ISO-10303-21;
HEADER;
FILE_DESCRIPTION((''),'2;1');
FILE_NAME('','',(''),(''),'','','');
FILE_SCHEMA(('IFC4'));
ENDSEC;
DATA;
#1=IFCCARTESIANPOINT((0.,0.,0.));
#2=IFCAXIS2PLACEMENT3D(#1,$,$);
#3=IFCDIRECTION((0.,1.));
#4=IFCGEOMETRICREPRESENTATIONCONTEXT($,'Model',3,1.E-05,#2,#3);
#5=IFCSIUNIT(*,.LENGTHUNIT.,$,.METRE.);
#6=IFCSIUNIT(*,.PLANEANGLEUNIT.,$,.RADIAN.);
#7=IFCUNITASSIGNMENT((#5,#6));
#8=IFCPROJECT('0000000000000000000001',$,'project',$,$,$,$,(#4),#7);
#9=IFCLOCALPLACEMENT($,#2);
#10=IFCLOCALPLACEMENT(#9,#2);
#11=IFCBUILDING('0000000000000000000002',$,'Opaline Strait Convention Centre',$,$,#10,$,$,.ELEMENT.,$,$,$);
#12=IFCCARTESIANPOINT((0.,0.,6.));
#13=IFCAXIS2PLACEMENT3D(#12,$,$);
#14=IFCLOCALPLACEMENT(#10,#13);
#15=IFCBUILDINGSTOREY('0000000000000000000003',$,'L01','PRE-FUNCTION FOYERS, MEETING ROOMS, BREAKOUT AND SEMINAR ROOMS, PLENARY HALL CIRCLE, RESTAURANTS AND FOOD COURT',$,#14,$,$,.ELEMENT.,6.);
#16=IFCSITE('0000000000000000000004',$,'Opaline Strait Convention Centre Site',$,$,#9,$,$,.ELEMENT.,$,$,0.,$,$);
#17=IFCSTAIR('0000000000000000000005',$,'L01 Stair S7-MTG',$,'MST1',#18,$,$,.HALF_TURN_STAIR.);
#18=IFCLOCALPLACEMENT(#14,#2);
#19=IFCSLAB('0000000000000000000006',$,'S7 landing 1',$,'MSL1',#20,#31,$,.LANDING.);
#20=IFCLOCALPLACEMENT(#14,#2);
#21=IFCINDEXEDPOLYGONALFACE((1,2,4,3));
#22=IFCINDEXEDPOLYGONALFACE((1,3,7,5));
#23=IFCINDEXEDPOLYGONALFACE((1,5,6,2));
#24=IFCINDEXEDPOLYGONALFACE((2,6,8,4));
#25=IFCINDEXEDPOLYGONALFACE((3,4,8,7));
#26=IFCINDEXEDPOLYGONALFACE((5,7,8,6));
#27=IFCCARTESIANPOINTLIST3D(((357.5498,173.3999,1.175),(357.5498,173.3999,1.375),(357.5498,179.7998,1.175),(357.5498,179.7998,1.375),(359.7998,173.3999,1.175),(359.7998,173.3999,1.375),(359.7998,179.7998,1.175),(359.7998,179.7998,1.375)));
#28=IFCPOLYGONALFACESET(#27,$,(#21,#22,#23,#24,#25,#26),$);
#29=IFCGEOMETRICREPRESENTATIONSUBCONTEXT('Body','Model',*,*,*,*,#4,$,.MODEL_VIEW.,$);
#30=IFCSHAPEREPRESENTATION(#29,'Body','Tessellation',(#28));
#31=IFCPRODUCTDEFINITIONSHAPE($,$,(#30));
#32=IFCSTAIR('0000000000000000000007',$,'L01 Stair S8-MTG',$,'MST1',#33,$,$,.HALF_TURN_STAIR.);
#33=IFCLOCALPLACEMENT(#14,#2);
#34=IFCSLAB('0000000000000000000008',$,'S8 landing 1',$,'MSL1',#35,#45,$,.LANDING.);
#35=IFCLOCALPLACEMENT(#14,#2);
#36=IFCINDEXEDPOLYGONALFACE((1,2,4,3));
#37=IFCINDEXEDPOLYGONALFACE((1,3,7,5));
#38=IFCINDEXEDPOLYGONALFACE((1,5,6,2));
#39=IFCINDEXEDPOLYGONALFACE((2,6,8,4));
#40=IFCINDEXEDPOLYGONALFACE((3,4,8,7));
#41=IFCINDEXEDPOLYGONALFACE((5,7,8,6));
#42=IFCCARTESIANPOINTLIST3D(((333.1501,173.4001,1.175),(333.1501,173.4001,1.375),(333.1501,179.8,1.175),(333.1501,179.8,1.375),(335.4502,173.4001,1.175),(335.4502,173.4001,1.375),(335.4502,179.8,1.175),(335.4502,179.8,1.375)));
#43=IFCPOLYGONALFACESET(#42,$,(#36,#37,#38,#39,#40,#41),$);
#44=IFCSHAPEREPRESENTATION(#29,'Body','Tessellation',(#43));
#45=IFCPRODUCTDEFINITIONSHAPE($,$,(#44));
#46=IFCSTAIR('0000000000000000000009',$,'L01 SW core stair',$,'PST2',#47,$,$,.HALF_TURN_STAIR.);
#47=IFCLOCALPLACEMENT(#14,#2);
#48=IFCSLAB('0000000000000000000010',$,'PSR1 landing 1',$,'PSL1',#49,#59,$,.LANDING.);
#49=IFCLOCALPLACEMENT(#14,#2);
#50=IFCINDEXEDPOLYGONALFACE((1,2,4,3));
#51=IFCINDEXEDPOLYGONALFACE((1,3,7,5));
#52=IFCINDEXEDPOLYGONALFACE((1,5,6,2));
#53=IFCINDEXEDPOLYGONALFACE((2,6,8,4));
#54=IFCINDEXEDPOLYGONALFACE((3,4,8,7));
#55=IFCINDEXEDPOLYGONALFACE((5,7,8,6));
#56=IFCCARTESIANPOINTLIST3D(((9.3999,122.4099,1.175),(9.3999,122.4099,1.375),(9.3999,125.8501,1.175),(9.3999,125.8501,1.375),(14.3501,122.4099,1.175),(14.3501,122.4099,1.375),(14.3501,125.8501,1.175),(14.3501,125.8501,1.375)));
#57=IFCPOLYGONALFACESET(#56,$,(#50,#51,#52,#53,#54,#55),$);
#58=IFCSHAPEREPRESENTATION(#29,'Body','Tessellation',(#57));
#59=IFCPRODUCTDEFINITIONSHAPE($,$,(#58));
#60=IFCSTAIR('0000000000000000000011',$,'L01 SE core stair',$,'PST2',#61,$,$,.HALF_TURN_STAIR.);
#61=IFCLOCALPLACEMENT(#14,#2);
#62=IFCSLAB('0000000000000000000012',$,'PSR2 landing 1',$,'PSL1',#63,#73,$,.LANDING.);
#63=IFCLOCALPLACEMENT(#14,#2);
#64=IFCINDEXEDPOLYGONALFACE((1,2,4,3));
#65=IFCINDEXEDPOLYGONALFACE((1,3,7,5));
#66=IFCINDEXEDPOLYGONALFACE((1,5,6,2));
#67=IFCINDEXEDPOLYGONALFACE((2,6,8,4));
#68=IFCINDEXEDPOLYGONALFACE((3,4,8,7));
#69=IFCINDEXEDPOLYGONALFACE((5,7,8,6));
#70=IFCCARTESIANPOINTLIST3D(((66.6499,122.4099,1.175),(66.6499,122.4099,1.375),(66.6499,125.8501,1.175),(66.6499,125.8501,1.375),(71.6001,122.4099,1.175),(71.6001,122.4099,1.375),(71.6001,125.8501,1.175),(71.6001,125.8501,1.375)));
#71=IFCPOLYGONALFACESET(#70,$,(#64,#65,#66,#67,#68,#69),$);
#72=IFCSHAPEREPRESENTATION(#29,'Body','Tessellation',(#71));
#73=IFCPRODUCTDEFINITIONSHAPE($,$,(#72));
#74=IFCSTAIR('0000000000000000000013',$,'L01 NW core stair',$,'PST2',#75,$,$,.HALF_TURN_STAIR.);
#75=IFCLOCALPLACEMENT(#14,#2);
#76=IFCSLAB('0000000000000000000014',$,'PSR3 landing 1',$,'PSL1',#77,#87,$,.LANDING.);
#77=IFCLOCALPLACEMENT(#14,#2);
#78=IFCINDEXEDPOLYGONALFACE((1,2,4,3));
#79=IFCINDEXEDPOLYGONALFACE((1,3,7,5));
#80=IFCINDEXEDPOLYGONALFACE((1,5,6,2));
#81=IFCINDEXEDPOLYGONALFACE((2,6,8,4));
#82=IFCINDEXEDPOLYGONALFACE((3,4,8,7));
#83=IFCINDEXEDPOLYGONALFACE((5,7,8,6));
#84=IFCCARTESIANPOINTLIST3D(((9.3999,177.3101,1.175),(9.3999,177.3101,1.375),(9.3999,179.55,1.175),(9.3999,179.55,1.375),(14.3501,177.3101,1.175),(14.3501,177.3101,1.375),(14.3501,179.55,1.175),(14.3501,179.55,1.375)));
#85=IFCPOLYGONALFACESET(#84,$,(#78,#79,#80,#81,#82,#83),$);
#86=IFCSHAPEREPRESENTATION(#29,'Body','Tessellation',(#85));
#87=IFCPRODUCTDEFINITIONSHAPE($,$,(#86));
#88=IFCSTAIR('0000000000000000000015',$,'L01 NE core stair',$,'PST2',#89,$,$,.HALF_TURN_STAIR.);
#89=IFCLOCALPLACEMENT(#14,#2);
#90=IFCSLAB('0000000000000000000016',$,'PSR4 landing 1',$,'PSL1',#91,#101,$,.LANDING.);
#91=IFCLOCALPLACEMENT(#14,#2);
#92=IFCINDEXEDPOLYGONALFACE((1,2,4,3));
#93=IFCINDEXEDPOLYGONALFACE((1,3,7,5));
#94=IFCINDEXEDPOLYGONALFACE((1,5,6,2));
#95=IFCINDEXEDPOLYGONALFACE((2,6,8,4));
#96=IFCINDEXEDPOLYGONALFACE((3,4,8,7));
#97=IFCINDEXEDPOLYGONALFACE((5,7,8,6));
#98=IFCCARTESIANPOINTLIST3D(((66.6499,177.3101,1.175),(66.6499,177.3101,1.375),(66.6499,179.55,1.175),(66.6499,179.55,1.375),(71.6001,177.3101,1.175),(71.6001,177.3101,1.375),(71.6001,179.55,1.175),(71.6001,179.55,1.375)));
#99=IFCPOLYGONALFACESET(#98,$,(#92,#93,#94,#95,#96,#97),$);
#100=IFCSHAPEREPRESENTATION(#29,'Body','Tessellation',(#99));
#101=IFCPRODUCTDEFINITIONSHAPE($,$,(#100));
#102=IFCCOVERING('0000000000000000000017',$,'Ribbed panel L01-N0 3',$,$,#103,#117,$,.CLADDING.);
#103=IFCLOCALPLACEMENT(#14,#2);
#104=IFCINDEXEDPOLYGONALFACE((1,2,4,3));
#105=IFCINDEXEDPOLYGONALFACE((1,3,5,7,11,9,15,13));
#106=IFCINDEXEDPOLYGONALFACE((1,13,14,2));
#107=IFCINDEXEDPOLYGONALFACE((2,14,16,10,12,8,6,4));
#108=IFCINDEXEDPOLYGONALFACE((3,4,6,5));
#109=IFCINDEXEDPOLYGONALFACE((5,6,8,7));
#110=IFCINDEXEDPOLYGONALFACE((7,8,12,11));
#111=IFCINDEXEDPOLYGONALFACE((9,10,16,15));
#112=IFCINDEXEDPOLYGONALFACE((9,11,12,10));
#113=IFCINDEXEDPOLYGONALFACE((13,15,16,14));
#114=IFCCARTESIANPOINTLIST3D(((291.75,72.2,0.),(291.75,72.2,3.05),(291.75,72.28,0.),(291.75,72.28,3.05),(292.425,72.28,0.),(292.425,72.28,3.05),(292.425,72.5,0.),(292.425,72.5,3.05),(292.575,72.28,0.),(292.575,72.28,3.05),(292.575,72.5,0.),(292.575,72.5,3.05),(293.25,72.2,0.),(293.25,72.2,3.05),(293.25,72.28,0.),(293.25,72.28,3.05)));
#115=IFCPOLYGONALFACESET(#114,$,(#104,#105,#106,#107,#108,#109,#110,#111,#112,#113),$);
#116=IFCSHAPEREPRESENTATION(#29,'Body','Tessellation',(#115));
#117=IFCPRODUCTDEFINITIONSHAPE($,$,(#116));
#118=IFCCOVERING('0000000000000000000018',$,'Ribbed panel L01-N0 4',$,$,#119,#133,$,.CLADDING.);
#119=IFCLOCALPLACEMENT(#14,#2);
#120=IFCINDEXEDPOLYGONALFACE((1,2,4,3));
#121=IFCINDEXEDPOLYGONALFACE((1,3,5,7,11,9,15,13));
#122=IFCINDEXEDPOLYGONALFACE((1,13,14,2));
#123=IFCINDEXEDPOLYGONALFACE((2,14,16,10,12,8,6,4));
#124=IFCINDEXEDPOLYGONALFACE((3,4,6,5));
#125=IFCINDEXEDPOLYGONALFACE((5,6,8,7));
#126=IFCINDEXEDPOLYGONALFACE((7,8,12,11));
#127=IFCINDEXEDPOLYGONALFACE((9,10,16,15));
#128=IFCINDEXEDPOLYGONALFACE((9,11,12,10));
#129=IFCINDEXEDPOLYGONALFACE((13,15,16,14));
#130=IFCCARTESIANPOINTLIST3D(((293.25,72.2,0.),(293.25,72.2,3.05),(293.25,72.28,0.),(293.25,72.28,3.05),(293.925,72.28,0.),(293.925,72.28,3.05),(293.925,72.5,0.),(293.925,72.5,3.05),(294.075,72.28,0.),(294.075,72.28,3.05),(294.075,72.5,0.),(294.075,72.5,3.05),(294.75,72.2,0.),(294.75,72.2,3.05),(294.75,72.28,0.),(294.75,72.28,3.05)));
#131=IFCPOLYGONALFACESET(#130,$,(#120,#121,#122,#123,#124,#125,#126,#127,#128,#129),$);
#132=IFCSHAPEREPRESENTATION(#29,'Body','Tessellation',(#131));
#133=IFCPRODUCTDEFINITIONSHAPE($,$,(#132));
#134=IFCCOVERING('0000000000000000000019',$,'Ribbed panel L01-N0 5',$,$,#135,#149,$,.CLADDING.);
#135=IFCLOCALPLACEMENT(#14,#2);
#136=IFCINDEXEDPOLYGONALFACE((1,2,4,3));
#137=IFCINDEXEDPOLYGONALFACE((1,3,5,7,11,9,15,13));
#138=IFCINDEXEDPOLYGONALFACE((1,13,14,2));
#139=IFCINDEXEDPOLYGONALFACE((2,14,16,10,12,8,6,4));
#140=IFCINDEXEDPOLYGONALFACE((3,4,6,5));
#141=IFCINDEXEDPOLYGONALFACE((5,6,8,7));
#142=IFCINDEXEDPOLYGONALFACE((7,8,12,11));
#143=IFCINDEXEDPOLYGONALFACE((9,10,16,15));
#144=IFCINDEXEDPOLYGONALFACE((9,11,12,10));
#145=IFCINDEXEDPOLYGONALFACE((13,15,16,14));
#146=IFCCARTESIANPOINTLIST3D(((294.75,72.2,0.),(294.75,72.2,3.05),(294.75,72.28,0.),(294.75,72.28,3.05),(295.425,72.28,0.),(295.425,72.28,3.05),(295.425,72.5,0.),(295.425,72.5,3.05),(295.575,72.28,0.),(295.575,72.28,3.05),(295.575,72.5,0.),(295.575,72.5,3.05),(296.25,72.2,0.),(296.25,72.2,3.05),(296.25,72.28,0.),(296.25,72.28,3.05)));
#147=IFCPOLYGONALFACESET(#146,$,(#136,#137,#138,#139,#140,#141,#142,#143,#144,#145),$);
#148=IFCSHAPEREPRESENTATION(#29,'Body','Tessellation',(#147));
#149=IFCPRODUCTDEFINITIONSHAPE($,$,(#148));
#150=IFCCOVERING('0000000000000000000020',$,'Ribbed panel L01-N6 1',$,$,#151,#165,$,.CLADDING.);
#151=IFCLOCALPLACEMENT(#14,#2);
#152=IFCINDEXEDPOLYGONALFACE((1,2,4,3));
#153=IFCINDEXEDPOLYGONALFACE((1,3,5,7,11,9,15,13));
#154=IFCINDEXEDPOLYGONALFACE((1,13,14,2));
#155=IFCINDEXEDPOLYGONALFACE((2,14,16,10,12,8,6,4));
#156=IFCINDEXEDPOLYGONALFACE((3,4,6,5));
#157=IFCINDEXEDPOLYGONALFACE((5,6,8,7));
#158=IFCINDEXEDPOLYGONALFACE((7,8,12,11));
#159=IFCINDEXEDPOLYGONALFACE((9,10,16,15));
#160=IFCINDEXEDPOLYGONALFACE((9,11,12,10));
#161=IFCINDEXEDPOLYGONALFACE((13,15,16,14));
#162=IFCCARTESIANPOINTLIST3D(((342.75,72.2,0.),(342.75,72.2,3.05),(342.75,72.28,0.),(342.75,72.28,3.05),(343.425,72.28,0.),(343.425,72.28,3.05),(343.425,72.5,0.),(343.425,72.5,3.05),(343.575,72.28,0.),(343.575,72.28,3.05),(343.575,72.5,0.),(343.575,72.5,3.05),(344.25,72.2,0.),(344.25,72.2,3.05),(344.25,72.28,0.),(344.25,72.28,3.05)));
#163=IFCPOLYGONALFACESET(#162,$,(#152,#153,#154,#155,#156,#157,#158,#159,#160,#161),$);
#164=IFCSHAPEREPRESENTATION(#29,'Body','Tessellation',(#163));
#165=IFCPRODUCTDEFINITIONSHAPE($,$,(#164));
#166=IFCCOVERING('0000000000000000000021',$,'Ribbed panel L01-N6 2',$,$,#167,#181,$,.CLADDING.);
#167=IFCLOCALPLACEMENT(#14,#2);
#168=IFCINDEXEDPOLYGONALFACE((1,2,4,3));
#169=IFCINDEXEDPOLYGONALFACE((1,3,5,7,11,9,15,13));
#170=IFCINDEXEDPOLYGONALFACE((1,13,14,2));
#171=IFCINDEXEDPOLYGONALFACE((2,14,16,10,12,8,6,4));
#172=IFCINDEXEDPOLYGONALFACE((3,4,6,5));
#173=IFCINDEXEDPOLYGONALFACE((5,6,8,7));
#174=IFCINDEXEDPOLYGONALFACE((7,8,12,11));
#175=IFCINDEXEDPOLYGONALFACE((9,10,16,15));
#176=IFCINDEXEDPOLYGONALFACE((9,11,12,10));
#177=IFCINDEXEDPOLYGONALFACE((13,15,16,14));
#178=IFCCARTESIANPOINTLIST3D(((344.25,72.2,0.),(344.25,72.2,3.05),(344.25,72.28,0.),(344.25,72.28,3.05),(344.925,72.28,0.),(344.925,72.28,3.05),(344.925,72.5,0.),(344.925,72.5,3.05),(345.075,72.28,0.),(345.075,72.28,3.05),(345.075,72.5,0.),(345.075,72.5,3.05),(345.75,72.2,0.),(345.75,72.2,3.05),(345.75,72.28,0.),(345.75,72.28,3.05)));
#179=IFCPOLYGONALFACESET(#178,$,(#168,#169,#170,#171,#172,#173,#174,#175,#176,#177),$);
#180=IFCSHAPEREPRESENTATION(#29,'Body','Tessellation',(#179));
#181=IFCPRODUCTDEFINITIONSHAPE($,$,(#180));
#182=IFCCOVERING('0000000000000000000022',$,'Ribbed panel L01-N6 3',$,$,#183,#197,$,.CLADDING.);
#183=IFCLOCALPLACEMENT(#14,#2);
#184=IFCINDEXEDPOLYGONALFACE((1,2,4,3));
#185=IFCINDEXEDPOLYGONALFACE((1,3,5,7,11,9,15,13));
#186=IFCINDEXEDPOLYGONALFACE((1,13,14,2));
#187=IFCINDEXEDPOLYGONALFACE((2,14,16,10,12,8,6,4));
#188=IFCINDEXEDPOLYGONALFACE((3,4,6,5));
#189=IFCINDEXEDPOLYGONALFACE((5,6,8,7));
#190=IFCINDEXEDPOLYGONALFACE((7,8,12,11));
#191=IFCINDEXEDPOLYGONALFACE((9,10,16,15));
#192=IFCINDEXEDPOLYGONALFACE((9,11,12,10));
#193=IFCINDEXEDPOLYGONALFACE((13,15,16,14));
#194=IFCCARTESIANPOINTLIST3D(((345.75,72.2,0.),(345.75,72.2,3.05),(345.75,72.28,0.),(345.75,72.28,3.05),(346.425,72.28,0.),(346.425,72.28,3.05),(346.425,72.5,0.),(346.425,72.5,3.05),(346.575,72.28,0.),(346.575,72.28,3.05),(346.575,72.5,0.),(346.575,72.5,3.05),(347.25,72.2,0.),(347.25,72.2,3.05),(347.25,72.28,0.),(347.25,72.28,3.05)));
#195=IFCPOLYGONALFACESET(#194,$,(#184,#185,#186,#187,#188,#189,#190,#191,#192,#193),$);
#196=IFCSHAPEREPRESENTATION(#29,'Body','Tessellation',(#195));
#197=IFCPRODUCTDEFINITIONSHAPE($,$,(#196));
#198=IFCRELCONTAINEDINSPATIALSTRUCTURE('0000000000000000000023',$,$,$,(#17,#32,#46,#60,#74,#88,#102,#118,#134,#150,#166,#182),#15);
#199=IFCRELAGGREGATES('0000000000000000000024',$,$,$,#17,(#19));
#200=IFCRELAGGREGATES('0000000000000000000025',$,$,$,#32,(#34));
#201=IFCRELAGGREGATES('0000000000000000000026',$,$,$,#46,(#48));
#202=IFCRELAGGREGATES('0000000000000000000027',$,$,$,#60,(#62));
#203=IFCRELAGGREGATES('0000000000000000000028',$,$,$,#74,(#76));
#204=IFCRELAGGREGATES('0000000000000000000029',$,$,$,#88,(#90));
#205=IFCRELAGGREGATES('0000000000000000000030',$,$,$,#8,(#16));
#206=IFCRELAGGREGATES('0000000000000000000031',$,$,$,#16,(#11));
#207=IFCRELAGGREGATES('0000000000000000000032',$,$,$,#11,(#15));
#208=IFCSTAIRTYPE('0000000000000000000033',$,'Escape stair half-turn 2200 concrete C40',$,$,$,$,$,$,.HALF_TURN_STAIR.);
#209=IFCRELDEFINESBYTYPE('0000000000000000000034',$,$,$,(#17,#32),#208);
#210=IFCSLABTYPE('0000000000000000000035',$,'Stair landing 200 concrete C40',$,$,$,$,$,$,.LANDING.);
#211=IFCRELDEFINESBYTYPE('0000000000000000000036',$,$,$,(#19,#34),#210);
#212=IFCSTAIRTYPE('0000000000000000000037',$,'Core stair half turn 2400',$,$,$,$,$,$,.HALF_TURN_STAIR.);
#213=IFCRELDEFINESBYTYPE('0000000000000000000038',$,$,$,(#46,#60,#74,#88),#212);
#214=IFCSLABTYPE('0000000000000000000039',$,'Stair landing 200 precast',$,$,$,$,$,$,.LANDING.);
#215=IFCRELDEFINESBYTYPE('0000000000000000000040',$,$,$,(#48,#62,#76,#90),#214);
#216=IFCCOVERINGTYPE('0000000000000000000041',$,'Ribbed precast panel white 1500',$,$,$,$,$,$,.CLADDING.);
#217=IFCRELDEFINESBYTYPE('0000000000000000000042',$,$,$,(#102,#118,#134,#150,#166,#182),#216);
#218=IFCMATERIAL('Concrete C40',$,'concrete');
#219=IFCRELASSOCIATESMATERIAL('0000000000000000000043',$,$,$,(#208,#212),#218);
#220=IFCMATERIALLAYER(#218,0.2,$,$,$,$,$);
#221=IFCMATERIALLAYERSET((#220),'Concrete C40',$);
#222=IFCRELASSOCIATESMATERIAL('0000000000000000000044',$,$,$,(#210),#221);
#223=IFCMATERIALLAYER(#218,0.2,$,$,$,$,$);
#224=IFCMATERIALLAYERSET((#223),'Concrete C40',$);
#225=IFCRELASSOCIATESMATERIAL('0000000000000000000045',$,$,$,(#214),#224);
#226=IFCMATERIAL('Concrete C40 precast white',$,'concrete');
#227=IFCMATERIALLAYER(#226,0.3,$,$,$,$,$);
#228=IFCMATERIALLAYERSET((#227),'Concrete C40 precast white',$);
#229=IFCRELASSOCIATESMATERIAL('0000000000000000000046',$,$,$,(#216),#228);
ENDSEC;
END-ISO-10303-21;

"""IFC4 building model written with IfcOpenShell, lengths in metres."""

from ifc_helpers import new_model, si_unit, direction, frame, origin, place, context, subcontext, project, spatial, polyline, outline, extrude, material, layer, layer_set, type_object, element, aggregate, save


model = new_model("IFC4")

# Units and contexts
model_context = context("Model", 3, precision=1e-05, world=origin(), true_north=direction((0.0, 1.0)))
body_context = subcontext(model_context, "Body", "Model", "MODEL_VIEW")
ifc_project = project(units=[si_unit("LENGTHUNIT", "METRE"), si_unit("PLANEANGLEUNIT", "RADIAN")], contexts=[model_context])

# Site, building, storey
site_placement = place(None, origin())
site = spatial("IfcSite", under=ifc_project, at=site_placement, Name="Opaline Strait Convention Centre Site", CompositionType="ELEMENT", RefElevation=0.0)
building_placement = place(site_placement, origin())
building = spatial("IfcBuilding", under=site, at=building_placement, Name="Opaline Strait Convention Centre", CompositionType="ELEMENT")
storey_placement = place(building_placement, frame((0.0, 0.0, 6.0)))
storey = spatial("IfcBuildingStorey", under=building, at=storey_placement, Name="L01", Description="PRE-FUNCTION FOYERS, MEETING ROOMS, BREAKOUT AND SEMINAR ROOMS, PLENARY HALL CIRCLE, RESTAURANTS AND FOOD COURT", CompositionType="ELEMENT", Elevation=6.0)

# Stairs, slabs
ifc_material_1 = material(Name="Concrete C40", Category="concrete")
stair_type_1 = type_object("IfcStairType", Name="Escape stair half-turn 2200 concrete C40", PredefinedType="HALF_TURN_STAIR", material=ifc_material_1)
ifc_layer_1 = layer(ifc_material_1, 0.2)
ifc_layer_set_1 = layer_set([ifc_layer_1], Name="Concrete C40")
slab_type_1 = type_object("IfcSlabType", Name="Stair landing 200 concrete C40", PredefinedType="LANDING", material=ifc_layer_set_1)
stair_1_placement = place(storey_placement, origin())
stair_1 = element("IfcStair", 1, at=stair_1_placement, inside=storey, type_object=stair_type_1, Name="L01 Stair S7-MTG", ObjectType="MST1", PredefinedType="HALF_TURN_STAIR")
slab_1_placement = place(storey_placement, frame((0.0, 0.0, 1.175)))
slab_1 = element("IfcSlab", 2, at=slab_1_placement, type_object=slab_type_1, Name="S7 landing 1", ObjectType="MSL1", PredefinedType="LANDING", context=body_context, shape_type="SweptSolid", body=[
    extrude(outline(polyline([(357.5498, 173.3999), (359.7998, 173.3999), (359.7998, 179.7998), (357.5498, 179.7998), (357.5498, 173.3999)])), origin(), (0.0, 0.0, 1.0), 0.2),
])
aggregate(stair_1, [slab_1])
stair_2_placement = place(storey_placement, origin())
stair_2 = element("IfcStair", 3, at=stair_2_placement, inside=storey, type_object=stair_type_1, Name="L01 Stair S8-MTG", ObjectType="MST1", PredefinedType="HALF_TURN_STAIR")
slab_2_placement = place(storey_placement, frame((0.0, 0.0, 1.175)))
slab_2 = element("IfcSlab", 4, at=slab_2_placement, type_object=slab_type_1, Name="S8 landing 1", ObjectType="MSL1", PredefinedType="LANDING", context=body_context, shape_type="SweptSolid", body=[
    extrude(outline(polyline([(335.4502, 179.8), (333.1501, 179.8), (333.1501, 173.4001), (335.4502, 173.4001), (335.4502, 179.8)])), origin(), (0.0, 0.0, 1.0), 0.2),
])
aggregate(stair_2, [slab_2])
stair_type_2 = type_object("IfcStairType", Name="Core stair half turn 2400", PredefinedType="HALF_TURN_STAIR", material=ifc_material_1)
stair_3_placement = place(storey_placement, origin())
stair_3 = element("IfcStair", 5, at=stair_3_placement, inside=storey, type_object=stair_type_2, Name="L01 SW core stair", ObjectType="PST2", PredefinedType="HALF_TURN_STAIR")
ifc_layer_2 = layer(ifc_material_1, 0.2)
ifc_layer_set_2 = layer_set([ifc_layer_2], Name="Concrete C40")
slab_type_2 = type_object("IfcSlabType", Name="Stair landing 200 precast", PredefinedType="LANDING", material=ifc_layer_set_2)
slab_3_placement = place(storey_placement, frame((0.0, 0.0, 1.175)))
slab_3 = element("IfcSlab", 6, at=slab_3_placement, type_object=slab_type_2, Name="PSR1 landing 1", ObjectType="PSL1", PredefinedType="LANDING", context=body_context, shape_type="SweptSolid", body=[
    extrude(outline(polyline([(14.3501, 122.4099), (14.3501, 125.8501), (9.3999, 125.8501), (9.3999, 122.4099), (14.3501, 122.4099)])), origin(), (0.0, 0.0, 1.0), 0.2),
])
aggregate(stair_3, [slab_3])
stair_4_placement = place(storey_placement, origin())
stair_4 = element("IfcStair", 7, at=stair_4_placement, inside=storey, type_object=stair_type_2, Name="L01 SE core stair", ObjectType="PST2", PredefinedType="HALF_TURN_STAIR")
slab_4_placement = place(storey_placement, frame((0.0, 0.0, 1.175)))
slab_4 = element("IfcSlab", 8, at=slab_4_placement, type_object=slab_type_2, Name="PSR2 landing 1", ObjectType="PSL1", PredefinedType="LANDING", context=body_context, shape_type="SweptSolid", body=[
    extrude(outline(polyline([(71.6001, 122.4099), (71.6001, 125.8501), (66.6499, 125.8501), (66.6499, 122.4099), (71.6001, 122.4099)])), origin(), (0.0, 0.0, 1.0), 0.2),
])
aggregate(stair_4, [slab_4])
stair_5_placement = place(storey_placement, origin())
stair_5 = element("IfcStair", 9, at=stair_5_placement, inside=storey, type_object=stair_type_2, Name="L01 NW core stair", ObjectType="PST2", PredefinedType="HALF_TURN_STAIR")
slab_5_placement = place(storey_placement, frame((0.0, 0.0, 1.175)))
slab_5 = element("IfcSlab", 10, at=slab_5_placement, type_object=slab_type_2, Name="PSR3 landing 1", ObjectType="PSL1", PredefinedType="LANDING", context=body_context, shape_type="SweptSolid", body=[
    extrude(outline(polyline([(14.3501, 177.3101), (14.3501, 179.55), (9.3999, 179.55), (9.3999, 177.3101), (14.3501, 177.3101)])), origin(), (0.0, 0.0, 1.0), 0.2),
])
aggregate(stair_5, [slab_5])
stair_6_placement = place(storey_placement, origin())
stair_6 = element("IfcStair", 11, at=stair_6_placement, inside=storey, type_object=stair_type_2, Name="L01 NE core stair", ObjectType="PST2", PredefinedType="HALF_TURN_STAIR")
slab_6_placement = place(storey_placement, frame((0.0, 0.0, 1.175)))
slab_6 = element("IfcSlab", 12, at=slab_6_placement, type_object=slab_type_2, Name="PSR4 landing 1", ObjectType="PSL1", PredefinedType="LANDING", context=body_context, shape_type="SweptSolid", body=[
    extrude(outline(polyline([(71.6001, 177.3101), (71.6001, 179.55), (66.6499, 179.55), (66.6499, 177.3101), (71.6001, 177.3101)])), origin(), (0.0, 0.0, 1.0), 0.2),
])
aggregate(stair_6, [slab_6])

# Coverings
ifc_material_2 = material(Name="Concrete C40 precast white", Category="concrete")
ifc_layer_3 = layer(ifc_material_2, 0.3)
ifc_layer_set_3 = layer_set([ifc_layer_3], Name="Concrete C40 precast white")
covering_type = type_object("IfcCoveringType", Name="Ribbed precast panel white 1500", PredefinedType="CLADDING", material=ifc_layer_set_3)
covering_1_placement = place(storey_placement, origin())
element("IfcCovering", 13, at=covering_1_placement, inside=storey, type_object=covering_type, Name="Ribbed panel L01-N0 3", PredefinedType="CLADDING", context=body_context, shape_type="SweptSolid", body=[
    extrude(outline(polyline([(291.75, 72.2), (293.25, 72.2), (293.25, 72.28), (292.575, 72.28), (292.575, 72.5), (292.425, 72.5), (292.425, 72.28), (291.75, 72.28), (291.75, 72.2)])), origin(), (0.0, 0.0, 1.0), 3.05),
])
covering_2_placement = place(storey_placement, origin())
element("IfcCovering", 14, at=covering_2_placement, inside=storey, type_object=covering_type, Name="Ribbed panel L01-N0 4", PredefinedType="CLADDING", context=body_context, shape_type="SweptSolid", body=[
    extrude(outline(polyline([(293.25, 72.2), (294.75, 72.2), (294.75, 72.28), (294.075, 72.28), (294.075, 72.5), (293.925, 72.5), (293.925, 72.28), (293.25, 72.28), (293.25, 72.2)])), origin(), (0.0, 0.0, 1.0), 3.05),
])
covering_3_placement = place(storey_placement, origin())
element("IfcCovering", 15, at=covering_3_placement, inside=storey, type_object=covering_type, Name="Ribbed panel L01-N0 5", PredefinedType="CLADDING", context=body_context, shape_type="SweptSolid", body=[
    extrude(outline(polyline([(294.75, 72.2), (296.25, 72.2), (296.25, 72.28), (295.575, 72.28), (295.575, 72.5), (295.425, 72.5), (295.425, 72.28), (294.75, 72.28), (294.75, 72.2)])), origin(), (0.0, 0.0, 1.0), 3.05),
])
covering_4_placement = place(storey_placement, origin())
element("IfcCovering", 16, at=covering_4_placement, inside=storey, type_object=covering_type, Name="Ribbed panel L01-N6 1", PredefinedType="CLADDING", context=body_context, shape_type="SweptSolid", body=[
    extrude(outline(polyline([(342.75, 72.2), (344.25, 72.2), (344.25, 72.28), (343.575, 72.28), (343.575, 72.5), (343.425, 72.5), (343.425, 72.28), (342.75, 72.28), (342.75, 72.2)])), origin(), (0.0, 0.0, 1.0), 3.05),
])
covering_5_placement = place(storey_placement, origin())
element("IfcCovering", 17, at=covering_5_placement, inside=storey, type_object=covering_type, Name="Ribbed panel L01-N6 2", PredefinedType="CLADDING", context=body_context, shape_type="SweptSolid", body=[
    extrude(outline(polyline([(344.25, 72.2), (345.75, 72.2), (345.75, 72.28), (345.075, 72.28), (345.075, 72.5), (344.925, 72.5), (344.925, 72.28), (344.25, 72.28), (344.25, 72.2)])), origin(), (0.0, 0.0, 1.0), 3.05),
])
covering_6_placement = place(storey_placement, origin())
element("IfcCovering", 18, at=covering_6_placement, inside=storey, type_object=covering_type, Name="Ribbed panel L01-N6 3", PredefinedType="CLADDING", context=body_context, shape_type="SweptSolid", body=[
    extrude(outline(polyline([(345.75, 72.2), (347.25, 72.2), (347.25, 72.28), (346.575, 72.28), (346.575, 72.5), (346.425, 72.5), (346.425, 72.28), (345.75, 72.28), (345.75, 72.2)])), origin(), (0.0, 0.0, 1.0), 3.05),
])

save(model, "model.ifc")
